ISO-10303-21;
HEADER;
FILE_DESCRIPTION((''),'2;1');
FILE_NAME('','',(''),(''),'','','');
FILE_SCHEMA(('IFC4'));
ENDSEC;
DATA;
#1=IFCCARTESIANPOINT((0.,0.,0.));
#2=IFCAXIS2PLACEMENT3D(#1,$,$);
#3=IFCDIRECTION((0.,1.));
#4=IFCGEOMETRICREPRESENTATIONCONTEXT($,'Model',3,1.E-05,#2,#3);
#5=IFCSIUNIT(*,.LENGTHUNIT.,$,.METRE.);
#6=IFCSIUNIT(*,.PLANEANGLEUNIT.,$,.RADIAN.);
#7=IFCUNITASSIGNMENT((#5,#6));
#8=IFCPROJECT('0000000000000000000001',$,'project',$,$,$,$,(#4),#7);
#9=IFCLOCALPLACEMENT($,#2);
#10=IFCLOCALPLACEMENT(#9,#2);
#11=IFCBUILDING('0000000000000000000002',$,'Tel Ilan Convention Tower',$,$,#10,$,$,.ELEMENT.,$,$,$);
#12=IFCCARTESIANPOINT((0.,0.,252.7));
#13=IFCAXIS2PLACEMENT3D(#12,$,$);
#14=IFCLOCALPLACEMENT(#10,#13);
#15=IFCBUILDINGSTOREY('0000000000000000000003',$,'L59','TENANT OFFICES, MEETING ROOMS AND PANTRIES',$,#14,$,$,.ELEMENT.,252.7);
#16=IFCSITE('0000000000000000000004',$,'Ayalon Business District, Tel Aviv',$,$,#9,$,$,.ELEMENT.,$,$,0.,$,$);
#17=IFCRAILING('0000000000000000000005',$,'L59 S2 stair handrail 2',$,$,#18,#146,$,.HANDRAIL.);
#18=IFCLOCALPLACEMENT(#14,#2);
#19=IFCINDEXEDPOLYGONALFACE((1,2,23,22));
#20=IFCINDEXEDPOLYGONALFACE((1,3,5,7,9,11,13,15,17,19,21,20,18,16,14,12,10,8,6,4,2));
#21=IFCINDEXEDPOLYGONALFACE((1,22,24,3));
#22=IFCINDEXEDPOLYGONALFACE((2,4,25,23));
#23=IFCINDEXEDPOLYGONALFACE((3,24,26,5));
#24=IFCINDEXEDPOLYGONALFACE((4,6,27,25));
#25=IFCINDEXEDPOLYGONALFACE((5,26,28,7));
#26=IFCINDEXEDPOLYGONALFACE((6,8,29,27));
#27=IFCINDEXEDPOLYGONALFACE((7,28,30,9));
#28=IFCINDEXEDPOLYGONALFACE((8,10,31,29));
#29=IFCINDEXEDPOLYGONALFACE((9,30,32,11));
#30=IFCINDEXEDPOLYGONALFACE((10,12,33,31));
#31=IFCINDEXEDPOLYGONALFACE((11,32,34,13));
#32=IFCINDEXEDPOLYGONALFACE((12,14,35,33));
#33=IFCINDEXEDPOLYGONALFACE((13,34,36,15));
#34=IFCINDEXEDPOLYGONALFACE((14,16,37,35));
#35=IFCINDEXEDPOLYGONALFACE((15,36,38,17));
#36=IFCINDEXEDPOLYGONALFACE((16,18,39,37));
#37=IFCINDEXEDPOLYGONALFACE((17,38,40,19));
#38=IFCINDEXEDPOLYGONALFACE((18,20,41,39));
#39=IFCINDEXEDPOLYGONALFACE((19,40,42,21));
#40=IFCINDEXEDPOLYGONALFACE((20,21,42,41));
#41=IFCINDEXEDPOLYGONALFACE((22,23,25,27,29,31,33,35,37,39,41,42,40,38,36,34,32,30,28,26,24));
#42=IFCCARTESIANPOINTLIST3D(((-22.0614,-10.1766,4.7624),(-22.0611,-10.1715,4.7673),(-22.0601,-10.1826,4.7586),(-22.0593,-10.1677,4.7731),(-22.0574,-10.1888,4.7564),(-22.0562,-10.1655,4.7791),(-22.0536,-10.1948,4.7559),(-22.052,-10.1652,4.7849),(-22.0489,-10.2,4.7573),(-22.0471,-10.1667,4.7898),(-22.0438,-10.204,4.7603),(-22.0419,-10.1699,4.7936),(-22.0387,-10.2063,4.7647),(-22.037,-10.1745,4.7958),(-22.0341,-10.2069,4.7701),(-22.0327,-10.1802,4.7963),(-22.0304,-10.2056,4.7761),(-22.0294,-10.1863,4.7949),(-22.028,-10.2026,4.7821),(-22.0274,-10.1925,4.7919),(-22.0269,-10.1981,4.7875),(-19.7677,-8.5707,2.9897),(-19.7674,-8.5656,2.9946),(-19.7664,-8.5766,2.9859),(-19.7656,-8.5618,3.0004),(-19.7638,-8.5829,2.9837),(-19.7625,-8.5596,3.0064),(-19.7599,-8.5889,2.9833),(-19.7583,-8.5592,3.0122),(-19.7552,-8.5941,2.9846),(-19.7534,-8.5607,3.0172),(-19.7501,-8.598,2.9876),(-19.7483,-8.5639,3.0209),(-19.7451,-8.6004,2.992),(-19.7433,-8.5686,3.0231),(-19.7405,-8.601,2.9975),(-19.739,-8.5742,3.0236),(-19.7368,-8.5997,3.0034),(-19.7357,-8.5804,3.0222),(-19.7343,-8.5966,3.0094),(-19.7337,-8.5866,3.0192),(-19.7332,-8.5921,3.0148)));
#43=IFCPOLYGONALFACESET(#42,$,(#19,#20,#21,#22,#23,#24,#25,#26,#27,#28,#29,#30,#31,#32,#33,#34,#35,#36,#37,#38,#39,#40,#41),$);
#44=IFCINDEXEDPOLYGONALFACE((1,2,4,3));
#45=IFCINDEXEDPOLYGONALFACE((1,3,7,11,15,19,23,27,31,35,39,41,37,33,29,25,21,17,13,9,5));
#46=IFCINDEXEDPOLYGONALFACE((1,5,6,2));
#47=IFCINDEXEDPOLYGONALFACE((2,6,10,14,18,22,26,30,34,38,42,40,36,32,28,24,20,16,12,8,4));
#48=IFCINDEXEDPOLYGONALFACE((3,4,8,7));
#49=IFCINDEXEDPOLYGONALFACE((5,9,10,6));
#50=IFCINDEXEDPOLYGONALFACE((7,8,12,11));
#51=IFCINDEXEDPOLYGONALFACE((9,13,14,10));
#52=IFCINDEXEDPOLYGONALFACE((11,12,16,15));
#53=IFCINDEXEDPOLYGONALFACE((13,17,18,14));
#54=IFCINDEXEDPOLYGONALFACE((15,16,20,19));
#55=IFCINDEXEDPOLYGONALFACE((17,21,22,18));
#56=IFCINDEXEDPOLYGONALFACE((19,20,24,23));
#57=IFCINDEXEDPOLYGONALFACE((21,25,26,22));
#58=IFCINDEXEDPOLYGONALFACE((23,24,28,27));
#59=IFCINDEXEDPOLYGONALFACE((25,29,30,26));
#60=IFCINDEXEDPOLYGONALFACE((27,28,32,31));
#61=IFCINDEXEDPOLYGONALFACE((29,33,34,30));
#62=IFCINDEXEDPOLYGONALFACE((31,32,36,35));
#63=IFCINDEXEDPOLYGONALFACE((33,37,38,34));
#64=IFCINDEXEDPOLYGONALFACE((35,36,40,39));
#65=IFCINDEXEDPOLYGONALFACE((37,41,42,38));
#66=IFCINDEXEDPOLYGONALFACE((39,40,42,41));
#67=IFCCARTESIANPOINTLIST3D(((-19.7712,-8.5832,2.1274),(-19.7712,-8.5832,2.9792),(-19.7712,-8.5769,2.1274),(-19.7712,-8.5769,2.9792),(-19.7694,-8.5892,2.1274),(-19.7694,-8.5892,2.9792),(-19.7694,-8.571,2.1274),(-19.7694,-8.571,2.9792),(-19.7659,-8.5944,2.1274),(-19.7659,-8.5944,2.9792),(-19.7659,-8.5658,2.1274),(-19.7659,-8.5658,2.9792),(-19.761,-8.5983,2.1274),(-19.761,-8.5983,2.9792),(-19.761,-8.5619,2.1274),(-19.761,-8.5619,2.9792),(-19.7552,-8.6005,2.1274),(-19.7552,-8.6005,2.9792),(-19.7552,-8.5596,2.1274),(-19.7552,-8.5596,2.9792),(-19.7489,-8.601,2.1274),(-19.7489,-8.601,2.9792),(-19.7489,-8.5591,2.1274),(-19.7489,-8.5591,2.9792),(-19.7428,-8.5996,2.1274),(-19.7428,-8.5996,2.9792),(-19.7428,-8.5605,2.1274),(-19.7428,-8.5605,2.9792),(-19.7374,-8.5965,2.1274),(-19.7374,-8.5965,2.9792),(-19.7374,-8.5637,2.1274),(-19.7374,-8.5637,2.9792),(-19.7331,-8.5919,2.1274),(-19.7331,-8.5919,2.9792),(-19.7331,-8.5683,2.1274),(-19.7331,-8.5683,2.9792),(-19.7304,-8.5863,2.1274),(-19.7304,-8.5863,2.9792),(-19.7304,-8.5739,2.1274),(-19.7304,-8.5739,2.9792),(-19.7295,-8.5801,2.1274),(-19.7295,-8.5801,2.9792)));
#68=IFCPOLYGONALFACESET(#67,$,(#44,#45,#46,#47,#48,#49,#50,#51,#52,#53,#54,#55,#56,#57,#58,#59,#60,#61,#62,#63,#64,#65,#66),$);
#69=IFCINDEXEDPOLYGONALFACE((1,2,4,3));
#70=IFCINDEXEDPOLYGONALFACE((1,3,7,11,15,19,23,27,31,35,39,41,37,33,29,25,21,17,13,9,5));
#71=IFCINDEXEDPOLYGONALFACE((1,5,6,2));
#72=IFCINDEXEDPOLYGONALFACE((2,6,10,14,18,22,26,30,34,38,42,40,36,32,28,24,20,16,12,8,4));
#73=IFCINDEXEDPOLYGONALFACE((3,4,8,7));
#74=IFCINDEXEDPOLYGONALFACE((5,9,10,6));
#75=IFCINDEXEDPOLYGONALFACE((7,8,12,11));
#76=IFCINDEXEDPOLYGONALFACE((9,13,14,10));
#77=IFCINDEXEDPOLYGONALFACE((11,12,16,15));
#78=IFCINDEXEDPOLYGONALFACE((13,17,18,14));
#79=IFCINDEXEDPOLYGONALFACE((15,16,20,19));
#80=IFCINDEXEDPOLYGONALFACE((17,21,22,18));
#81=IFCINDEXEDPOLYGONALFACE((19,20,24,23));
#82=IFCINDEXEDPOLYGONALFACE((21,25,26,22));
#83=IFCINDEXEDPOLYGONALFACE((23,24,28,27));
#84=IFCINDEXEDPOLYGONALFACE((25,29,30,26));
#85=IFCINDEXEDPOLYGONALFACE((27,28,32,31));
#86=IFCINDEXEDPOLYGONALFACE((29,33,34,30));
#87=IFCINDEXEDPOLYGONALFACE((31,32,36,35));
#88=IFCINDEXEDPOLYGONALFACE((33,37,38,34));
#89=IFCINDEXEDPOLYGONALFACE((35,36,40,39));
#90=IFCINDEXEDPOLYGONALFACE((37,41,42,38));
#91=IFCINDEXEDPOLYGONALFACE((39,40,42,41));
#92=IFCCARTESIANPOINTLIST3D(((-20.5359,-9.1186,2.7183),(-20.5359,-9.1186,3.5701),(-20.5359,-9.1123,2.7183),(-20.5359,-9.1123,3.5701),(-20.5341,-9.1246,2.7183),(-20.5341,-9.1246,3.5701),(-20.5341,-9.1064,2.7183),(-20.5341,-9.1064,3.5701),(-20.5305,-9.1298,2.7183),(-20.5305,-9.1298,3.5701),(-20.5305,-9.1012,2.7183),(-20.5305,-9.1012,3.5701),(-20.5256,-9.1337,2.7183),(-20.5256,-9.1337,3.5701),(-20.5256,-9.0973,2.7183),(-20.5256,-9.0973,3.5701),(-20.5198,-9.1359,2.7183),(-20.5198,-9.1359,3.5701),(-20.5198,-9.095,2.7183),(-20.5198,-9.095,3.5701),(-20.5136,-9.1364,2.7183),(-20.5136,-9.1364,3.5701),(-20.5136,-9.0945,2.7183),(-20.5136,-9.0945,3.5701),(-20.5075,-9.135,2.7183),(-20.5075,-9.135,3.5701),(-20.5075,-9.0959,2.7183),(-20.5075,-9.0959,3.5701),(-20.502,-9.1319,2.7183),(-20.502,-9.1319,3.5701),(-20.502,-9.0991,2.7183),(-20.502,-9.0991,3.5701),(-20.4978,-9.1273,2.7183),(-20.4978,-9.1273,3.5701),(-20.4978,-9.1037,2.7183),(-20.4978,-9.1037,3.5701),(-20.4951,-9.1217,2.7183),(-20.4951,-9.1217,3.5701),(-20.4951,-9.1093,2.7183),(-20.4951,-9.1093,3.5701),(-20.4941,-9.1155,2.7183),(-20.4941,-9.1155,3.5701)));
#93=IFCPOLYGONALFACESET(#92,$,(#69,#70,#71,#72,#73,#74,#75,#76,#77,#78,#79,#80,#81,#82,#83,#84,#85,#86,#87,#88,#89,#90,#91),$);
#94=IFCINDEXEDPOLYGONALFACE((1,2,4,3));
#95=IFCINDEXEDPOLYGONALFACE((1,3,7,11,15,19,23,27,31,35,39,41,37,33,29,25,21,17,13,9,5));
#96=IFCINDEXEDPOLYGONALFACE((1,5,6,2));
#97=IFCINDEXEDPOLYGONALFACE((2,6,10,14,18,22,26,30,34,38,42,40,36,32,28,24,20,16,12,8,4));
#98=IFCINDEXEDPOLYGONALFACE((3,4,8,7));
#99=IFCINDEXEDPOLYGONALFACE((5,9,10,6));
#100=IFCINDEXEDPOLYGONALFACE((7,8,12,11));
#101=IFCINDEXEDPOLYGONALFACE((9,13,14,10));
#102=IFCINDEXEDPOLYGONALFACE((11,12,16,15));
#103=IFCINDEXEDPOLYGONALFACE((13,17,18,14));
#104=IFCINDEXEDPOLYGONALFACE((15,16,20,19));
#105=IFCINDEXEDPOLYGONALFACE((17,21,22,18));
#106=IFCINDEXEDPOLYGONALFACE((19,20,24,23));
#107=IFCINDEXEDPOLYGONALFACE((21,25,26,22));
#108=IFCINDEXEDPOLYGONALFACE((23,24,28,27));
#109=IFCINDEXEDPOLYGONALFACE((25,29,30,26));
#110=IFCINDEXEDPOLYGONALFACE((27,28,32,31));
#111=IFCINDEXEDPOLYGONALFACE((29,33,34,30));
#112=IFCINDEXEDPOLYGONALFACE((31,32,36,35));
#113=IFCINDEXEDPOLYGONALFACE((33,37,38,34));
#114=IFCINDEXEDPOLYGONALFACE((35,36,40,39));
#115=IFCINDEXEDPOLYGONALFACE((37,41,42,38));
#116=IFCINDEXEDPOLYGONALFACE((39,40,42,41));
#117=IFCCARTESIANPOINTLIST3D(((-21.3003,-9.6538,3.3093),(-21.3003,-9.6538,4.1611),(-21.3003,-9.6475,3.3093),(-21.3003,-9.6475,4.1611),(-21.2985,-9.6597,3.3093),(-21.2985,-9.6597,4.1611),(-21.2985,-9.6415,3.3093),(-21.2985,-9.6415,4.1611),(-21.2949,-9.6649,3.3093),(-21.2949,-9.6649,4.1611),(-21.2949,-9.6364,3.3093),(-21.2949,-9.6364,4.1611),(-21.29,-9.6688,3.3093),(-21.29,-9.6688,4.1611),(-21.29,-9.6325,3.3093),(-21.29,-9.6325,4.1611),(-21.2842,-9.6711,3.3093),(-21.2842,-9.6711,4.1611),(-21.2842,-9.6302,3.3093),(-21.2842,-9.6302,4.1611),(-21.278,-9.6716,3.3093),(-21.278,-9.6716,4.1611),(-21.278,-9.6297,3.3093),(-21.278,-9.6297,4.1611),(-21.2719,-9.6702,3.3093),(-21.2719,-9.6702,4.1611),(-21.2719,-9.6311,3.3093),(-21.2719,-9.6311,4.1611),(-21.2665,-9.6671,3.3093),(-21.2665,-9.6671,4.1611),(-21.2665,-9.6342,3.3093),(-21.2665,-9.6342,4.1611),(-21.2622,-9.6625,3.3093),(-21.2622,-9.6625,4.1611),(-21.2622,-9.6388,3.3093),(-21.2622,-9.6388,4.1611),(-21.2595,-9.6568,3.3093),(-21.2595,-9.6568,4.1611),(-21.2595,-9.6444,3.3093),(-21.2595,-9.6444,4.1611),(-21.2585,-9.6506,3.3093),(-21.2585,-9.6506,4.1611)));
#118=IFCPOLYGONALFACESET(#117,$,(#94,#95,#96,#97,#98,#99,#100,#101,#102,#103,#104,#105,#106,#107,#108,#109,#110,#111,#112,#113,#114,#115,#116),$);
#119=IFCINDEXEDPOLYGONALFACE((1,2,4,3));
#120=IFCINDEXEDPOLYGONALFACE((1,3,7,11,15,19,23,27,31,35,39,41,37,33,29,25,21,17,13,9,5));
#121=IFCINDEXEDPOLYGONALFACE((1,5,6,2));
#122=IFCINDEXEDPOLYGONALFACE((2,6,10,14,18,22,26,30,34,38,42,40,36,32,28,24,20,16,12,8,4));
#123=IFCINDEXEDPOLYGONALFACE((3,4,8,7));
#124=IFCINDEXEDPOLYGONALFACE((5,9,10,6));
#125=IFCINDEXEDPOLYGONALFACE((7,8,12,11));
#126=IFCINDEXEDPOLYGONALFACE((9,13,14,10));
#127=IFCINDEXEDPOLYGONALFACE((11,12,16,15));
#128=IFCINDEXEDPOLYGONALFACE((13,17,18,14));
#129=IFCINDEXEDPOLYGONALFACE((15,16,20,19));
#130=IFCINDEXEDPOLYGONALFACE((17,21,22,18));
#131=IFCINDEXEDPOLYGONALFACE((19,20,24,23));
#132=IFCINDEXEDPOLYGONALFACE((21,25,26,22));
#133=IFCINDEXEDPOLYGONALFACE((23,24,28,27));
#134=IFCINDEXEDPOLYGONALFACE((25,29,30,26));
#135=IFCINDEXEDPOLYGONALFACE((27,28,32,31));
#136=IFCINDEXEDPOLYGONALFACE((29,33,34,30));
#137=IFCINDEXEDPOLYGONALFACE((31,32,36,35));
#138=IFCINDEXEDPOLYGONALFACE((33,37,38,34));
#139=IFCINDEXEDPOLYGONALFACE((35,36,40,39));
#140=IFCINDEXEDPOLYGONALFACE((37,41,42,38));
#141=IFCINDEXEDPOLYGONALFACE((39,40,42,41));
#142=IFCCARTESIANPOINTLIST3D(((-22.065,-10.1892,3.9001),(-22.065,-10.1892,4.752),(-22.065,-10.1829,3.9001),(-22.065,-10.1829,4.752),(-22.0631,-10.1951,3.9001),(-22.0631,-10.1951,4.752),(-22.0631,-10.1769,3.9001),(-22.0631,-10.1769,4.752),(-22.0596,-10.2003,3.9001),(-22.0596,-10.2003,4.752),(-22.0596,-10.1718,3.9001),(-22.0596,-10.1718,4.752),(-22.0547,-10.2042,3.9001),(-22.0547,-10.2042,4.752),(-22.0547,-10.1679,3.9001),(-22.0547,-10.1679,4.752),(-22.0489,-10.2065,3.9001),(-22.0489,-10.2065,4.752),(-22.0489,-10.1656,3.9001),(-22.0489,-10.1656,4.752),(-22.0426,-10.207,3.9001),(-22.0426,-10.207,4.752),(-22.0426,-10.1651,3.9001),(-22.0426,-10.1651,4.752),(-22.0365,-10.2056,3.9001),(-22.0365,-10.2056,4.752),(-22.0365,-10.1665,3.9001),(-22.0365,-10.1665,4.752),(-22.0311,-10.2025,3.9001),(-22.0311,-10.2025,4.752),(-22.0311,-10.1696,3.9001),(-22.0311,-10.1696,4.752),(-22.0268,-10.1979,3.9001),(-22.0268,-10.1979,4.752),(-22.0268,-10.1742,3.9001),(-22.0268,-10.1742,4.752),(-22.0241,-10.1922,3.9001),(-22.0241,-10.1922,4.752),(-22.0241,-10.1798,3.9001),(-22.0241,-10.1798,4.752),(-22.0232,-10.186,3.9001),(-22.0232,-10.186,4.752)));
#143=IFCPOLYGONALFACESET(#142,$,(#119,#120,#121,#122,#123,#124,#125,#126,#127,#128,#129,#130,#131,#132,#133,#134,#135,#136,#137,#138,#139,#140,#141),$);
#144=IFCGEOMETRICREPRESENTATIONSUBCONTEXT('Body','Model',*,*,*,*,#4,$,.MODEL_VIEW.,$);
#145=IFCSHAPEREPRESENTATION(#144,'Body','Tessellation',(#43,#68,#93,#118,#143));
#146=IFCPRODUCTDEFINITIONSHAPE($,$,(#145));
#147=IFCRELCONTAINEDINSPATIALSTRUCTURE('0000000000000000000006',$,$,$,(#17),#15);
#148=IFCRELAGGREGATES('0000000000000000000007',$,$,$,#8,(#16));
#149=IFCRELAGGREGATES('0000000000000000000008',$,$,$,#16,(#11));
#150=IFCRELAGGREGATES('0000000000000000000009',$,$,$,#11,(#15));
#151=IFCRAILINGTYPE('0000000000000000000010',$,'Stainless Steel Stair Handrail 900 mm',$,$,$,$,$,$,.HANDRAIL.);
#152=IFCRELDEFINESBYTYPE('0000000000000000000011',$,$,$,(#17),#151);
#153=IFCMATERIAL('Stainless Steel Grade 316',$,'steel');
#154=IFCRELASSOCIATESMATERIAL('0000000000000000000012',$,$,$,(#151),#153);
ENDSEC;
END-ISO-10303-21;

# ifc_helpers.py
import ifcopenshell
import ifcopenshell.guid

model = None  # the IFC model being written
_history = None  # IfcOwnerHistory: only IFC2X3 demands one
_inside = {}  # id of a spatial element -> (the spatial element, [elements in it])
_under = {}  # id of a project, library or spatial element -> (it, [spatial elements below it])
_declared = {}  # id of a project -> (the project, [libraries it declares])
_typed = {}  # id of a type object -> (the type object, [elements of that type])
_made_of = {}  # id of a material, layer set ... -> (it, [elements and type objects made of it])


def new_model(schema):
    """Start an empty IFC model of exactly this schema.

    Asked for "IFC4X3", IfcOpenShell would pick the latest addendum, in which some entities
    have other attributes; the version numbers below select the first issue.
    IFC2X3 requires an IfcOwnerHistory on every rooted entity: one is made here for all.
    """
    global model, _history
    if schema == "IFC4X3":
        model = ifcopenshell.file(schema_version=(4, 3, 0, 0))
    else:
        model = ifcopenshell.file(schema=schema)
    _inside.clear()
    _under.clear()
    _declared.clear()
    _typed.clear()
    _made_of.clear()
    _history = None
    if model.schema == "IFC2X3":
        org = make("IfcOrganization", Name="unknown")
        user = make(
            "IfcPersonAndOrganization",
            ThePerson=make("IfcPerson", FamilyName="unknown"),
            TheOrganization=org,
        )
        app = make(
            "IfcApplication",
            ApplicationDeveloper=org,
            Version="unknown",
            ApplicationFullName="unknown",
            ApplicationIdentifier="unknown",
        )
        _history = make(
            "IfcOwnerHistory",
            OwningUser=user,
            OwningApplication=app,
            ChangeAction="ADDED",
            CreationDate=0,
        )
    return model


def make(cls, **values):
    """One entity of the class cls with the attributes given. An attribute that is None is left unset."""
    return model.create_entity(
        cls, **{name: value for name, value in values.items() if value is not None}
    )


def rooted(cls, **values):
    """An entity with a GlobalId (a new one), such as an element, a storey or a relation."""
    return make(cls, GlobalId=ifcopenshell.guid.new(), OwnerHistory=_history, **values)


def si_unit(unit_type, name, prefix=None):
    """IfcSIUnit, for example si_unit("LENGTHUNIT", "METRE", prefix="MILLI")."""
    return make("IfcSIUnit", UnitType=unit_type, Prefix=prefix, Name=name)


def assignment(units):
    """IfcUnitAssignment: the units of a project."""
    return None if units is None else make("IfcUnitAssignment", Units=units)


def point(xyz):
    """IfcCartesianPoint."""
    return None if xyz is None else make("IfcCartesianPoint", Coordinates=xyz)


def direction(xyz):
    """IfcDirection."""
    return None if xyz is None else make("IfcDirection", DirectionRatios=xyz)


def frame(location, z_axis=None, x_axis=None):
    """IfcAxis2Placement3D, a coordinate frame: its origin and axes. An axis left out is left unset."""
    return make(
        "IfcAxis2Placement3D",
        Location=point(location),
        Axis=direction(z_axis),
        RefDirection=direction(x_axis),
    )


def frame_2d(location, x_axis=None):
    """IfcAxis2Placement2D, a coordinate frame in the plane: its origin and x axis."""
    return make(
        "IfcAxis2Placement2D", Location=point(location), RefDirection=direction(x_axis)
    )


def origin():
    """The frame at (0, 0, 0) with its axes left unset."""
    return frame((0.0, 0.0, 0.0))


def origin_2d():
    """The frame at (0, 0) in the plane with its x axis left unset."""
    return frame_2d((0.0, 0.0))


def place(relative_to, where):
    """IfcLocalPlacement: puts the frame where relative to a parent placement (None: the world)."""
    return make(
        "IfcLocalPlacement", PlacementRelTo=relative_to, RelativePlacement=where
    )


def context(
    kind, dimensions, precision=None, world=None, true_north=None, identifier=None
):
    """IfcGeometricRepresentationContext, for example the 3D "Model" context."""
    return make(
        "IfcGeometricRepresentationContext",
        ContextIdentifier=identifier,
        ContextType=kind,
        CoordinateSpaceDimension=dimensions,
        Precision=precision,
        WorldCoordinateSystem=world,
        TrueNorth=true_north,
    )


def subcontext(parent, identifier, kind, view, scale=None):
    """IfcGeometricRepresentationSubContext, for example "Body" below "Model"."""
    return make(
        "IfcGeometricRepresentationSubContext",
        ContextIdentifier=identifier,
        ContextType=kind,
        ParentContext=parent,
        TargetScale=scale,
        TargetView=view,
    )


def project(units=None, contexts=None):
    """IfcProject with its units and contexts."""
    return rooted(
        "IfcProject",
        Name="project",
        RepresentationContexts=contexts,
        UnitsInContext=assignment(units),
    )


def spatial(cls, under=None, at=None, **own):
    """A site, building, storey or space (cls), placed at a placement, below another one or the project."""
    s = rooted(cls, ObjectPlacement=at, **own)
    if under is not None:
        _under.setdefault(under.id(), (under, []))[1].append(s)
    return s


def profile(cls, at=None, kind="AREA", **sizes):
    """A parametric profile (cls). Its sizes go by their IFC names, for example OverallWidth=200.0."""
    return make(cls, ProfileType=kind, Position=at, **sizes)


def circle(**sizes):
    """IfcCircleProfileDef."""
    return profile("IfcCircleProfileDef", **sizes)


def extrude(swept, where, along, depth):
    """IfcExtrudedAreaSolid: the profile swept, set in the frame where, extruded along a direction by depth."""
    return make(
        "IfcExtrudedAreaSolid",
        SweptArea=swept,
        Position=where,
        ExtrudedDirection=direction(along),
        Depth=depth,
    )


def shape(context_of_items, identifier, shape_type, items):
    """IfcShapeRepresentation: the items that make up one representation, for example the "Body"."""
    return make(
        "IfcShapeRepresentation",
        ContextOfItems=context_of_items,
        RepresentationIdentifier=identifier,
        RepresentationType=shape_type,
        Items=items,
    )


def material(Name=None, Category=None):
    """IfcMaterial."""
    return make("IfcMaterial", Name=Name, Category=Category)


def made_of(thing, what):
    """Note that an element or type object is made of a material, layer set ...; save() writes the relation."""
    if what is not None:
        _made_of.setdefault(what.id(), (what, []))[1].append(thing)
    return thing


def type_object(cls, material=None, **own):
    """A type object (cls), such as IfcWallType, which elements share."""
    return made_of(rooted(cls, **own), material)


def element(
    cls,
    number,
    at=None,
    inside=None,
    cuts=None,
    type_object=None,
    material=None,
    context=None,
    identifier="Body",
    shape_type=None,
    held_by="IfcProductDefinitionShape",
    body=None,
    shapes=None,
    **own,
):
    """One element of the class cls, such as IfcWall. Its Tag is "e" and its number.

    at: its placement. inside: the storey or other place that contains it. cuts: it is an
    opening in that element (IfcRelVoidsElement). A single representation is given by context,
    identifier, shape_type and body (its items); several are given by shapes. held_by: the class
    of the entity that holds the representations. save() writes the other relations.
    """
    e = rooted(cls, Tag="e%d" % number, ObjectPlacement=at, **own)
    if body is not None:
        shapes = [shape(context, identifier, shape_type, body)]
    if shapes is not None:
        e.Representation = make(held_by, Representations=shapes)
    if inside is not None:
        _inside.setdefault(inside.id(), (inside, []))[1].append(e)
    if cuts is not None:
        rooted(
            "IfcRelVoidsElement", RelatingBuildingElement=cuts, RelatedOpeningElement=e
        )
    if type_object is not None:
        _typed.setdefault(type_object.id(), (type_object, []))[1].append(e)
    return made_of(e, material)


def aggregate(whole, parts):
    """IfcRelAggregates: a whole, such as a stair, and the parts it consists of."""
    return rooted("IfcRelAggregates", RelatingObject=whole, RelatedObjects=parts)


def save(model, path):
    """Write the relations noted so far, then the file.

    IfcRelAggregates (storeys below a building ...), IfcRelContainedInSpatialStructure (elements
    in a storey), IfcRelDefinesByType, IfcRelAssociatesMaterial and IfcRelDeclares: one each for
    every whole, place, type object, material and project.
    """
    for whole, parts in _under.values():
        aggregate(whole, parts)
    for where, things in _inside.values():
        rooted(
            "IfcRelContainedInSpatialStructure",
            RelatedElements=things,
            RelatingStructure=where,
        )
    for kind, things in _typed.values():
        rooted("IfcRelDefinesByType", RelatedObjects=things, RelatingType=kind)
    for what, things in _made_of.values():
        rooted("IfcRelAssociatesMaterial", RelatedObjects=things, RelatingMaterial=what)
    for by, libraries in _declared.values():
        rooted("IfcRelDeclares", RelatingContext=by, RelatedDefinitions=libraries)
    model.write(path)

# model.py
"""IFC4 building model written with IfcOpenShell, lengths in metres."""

from ifc_helpers import new_model, si_unit, direction, frame, origin, origin_2d, place, context, subcontext, project, spatial, circle, extrude, material, type_object, element, save


model = new_model("IFC4")

# Units and contexts
model_context = context("Model", 3, precision=1e-05, world=origin(), true_north=direction((0.0, 1.0)))
body_context = subcontext(model_context, "Body", "Model", "MODEL_VIEW")
ifc_project = project(units=[si_unit("LENGTHUNIT", "METRE"), si_unit("PLANEANGLEUNIT", "RADIAN")], contexts=[model_context])

# Site, building, storey
site_placement = place(None, origin())
site = spatial("IfcSite", under=ifc_project, at=site_placement, Name="Ayalon Business District, Tel Aviv", CompositionType="ELEMENT", RefElevation=0.0)
building_placement = place(site_placement, origin())
building = spatial("IfcBuilding", under=site, at=building_placement, Name="Tel Ilan Convention Tower", CompositionType="ELEMENT")
storey_placement = place(building_placement, frame((0.0, 0.0, 252.7)))
storey = spatial("IfcBuildingStorey", under=building, at=storey_placement, Name="L59", Description="TENANT OFFICES, MEETING ROOMS AND PANTRIES", CompositionType="ELEMENT", Elevation=252.7)

# Railing
ifc_material_1 = material(Name="Stainless Steel Grade 316", Category="steel")
railing_type_1 = type_object("IfcRailingType", Name="Stainless Steel Stair Handrail 900 mm", PredefinedType="HANDRAIL", material=ifc_material_1)
for number, where, name in (
    (1, (-19.7505, -8.5801, 2.1274), "L59 S2 stair handrail 2"),
):
    element("IfcRailing", number, at=place(storey_placement, frame(where)), inside=storey, type_object=railing_type_1, Name=name, PredefinedType="HANDRAIL", context=body_context, shape_type="SweptSolid", body=[
        extrude(circle(Radius=0.0239, at=origin_2d()), frame((0.0, 0.0, 0.876), z_axis=(-0.692123, -0.484597, 0.534913), x_axis=(0.57355, -0.81917, 0.0)), (0.0, 0.0, 1.0), 3.314),
        extrude(circle(Radius=0.021, at=origin_2d()), origin(), (0.0, 0.0, 1.0), 0.8518),
        extrude(circle(Radius=0.021, at=origin_2d()), frame((-0.7646, -0.5354, 0.5908)), (0.0, 0.0, 1.0), 0.8518),
        extrude(circle(Radius=0.021, at=origin_2d()), frame((-1.5291, -1.0706, 1.1819)), (0.0, 0.0, 1.0), 0.8518),
        extrude(circle(Radius=0.021, at=origin_2d()), frame((-2.2937, -1.606, 1.7727)), (0.0, 0.0, 1.0), 0.8518),
    ])

save(model, "model.ifc")
